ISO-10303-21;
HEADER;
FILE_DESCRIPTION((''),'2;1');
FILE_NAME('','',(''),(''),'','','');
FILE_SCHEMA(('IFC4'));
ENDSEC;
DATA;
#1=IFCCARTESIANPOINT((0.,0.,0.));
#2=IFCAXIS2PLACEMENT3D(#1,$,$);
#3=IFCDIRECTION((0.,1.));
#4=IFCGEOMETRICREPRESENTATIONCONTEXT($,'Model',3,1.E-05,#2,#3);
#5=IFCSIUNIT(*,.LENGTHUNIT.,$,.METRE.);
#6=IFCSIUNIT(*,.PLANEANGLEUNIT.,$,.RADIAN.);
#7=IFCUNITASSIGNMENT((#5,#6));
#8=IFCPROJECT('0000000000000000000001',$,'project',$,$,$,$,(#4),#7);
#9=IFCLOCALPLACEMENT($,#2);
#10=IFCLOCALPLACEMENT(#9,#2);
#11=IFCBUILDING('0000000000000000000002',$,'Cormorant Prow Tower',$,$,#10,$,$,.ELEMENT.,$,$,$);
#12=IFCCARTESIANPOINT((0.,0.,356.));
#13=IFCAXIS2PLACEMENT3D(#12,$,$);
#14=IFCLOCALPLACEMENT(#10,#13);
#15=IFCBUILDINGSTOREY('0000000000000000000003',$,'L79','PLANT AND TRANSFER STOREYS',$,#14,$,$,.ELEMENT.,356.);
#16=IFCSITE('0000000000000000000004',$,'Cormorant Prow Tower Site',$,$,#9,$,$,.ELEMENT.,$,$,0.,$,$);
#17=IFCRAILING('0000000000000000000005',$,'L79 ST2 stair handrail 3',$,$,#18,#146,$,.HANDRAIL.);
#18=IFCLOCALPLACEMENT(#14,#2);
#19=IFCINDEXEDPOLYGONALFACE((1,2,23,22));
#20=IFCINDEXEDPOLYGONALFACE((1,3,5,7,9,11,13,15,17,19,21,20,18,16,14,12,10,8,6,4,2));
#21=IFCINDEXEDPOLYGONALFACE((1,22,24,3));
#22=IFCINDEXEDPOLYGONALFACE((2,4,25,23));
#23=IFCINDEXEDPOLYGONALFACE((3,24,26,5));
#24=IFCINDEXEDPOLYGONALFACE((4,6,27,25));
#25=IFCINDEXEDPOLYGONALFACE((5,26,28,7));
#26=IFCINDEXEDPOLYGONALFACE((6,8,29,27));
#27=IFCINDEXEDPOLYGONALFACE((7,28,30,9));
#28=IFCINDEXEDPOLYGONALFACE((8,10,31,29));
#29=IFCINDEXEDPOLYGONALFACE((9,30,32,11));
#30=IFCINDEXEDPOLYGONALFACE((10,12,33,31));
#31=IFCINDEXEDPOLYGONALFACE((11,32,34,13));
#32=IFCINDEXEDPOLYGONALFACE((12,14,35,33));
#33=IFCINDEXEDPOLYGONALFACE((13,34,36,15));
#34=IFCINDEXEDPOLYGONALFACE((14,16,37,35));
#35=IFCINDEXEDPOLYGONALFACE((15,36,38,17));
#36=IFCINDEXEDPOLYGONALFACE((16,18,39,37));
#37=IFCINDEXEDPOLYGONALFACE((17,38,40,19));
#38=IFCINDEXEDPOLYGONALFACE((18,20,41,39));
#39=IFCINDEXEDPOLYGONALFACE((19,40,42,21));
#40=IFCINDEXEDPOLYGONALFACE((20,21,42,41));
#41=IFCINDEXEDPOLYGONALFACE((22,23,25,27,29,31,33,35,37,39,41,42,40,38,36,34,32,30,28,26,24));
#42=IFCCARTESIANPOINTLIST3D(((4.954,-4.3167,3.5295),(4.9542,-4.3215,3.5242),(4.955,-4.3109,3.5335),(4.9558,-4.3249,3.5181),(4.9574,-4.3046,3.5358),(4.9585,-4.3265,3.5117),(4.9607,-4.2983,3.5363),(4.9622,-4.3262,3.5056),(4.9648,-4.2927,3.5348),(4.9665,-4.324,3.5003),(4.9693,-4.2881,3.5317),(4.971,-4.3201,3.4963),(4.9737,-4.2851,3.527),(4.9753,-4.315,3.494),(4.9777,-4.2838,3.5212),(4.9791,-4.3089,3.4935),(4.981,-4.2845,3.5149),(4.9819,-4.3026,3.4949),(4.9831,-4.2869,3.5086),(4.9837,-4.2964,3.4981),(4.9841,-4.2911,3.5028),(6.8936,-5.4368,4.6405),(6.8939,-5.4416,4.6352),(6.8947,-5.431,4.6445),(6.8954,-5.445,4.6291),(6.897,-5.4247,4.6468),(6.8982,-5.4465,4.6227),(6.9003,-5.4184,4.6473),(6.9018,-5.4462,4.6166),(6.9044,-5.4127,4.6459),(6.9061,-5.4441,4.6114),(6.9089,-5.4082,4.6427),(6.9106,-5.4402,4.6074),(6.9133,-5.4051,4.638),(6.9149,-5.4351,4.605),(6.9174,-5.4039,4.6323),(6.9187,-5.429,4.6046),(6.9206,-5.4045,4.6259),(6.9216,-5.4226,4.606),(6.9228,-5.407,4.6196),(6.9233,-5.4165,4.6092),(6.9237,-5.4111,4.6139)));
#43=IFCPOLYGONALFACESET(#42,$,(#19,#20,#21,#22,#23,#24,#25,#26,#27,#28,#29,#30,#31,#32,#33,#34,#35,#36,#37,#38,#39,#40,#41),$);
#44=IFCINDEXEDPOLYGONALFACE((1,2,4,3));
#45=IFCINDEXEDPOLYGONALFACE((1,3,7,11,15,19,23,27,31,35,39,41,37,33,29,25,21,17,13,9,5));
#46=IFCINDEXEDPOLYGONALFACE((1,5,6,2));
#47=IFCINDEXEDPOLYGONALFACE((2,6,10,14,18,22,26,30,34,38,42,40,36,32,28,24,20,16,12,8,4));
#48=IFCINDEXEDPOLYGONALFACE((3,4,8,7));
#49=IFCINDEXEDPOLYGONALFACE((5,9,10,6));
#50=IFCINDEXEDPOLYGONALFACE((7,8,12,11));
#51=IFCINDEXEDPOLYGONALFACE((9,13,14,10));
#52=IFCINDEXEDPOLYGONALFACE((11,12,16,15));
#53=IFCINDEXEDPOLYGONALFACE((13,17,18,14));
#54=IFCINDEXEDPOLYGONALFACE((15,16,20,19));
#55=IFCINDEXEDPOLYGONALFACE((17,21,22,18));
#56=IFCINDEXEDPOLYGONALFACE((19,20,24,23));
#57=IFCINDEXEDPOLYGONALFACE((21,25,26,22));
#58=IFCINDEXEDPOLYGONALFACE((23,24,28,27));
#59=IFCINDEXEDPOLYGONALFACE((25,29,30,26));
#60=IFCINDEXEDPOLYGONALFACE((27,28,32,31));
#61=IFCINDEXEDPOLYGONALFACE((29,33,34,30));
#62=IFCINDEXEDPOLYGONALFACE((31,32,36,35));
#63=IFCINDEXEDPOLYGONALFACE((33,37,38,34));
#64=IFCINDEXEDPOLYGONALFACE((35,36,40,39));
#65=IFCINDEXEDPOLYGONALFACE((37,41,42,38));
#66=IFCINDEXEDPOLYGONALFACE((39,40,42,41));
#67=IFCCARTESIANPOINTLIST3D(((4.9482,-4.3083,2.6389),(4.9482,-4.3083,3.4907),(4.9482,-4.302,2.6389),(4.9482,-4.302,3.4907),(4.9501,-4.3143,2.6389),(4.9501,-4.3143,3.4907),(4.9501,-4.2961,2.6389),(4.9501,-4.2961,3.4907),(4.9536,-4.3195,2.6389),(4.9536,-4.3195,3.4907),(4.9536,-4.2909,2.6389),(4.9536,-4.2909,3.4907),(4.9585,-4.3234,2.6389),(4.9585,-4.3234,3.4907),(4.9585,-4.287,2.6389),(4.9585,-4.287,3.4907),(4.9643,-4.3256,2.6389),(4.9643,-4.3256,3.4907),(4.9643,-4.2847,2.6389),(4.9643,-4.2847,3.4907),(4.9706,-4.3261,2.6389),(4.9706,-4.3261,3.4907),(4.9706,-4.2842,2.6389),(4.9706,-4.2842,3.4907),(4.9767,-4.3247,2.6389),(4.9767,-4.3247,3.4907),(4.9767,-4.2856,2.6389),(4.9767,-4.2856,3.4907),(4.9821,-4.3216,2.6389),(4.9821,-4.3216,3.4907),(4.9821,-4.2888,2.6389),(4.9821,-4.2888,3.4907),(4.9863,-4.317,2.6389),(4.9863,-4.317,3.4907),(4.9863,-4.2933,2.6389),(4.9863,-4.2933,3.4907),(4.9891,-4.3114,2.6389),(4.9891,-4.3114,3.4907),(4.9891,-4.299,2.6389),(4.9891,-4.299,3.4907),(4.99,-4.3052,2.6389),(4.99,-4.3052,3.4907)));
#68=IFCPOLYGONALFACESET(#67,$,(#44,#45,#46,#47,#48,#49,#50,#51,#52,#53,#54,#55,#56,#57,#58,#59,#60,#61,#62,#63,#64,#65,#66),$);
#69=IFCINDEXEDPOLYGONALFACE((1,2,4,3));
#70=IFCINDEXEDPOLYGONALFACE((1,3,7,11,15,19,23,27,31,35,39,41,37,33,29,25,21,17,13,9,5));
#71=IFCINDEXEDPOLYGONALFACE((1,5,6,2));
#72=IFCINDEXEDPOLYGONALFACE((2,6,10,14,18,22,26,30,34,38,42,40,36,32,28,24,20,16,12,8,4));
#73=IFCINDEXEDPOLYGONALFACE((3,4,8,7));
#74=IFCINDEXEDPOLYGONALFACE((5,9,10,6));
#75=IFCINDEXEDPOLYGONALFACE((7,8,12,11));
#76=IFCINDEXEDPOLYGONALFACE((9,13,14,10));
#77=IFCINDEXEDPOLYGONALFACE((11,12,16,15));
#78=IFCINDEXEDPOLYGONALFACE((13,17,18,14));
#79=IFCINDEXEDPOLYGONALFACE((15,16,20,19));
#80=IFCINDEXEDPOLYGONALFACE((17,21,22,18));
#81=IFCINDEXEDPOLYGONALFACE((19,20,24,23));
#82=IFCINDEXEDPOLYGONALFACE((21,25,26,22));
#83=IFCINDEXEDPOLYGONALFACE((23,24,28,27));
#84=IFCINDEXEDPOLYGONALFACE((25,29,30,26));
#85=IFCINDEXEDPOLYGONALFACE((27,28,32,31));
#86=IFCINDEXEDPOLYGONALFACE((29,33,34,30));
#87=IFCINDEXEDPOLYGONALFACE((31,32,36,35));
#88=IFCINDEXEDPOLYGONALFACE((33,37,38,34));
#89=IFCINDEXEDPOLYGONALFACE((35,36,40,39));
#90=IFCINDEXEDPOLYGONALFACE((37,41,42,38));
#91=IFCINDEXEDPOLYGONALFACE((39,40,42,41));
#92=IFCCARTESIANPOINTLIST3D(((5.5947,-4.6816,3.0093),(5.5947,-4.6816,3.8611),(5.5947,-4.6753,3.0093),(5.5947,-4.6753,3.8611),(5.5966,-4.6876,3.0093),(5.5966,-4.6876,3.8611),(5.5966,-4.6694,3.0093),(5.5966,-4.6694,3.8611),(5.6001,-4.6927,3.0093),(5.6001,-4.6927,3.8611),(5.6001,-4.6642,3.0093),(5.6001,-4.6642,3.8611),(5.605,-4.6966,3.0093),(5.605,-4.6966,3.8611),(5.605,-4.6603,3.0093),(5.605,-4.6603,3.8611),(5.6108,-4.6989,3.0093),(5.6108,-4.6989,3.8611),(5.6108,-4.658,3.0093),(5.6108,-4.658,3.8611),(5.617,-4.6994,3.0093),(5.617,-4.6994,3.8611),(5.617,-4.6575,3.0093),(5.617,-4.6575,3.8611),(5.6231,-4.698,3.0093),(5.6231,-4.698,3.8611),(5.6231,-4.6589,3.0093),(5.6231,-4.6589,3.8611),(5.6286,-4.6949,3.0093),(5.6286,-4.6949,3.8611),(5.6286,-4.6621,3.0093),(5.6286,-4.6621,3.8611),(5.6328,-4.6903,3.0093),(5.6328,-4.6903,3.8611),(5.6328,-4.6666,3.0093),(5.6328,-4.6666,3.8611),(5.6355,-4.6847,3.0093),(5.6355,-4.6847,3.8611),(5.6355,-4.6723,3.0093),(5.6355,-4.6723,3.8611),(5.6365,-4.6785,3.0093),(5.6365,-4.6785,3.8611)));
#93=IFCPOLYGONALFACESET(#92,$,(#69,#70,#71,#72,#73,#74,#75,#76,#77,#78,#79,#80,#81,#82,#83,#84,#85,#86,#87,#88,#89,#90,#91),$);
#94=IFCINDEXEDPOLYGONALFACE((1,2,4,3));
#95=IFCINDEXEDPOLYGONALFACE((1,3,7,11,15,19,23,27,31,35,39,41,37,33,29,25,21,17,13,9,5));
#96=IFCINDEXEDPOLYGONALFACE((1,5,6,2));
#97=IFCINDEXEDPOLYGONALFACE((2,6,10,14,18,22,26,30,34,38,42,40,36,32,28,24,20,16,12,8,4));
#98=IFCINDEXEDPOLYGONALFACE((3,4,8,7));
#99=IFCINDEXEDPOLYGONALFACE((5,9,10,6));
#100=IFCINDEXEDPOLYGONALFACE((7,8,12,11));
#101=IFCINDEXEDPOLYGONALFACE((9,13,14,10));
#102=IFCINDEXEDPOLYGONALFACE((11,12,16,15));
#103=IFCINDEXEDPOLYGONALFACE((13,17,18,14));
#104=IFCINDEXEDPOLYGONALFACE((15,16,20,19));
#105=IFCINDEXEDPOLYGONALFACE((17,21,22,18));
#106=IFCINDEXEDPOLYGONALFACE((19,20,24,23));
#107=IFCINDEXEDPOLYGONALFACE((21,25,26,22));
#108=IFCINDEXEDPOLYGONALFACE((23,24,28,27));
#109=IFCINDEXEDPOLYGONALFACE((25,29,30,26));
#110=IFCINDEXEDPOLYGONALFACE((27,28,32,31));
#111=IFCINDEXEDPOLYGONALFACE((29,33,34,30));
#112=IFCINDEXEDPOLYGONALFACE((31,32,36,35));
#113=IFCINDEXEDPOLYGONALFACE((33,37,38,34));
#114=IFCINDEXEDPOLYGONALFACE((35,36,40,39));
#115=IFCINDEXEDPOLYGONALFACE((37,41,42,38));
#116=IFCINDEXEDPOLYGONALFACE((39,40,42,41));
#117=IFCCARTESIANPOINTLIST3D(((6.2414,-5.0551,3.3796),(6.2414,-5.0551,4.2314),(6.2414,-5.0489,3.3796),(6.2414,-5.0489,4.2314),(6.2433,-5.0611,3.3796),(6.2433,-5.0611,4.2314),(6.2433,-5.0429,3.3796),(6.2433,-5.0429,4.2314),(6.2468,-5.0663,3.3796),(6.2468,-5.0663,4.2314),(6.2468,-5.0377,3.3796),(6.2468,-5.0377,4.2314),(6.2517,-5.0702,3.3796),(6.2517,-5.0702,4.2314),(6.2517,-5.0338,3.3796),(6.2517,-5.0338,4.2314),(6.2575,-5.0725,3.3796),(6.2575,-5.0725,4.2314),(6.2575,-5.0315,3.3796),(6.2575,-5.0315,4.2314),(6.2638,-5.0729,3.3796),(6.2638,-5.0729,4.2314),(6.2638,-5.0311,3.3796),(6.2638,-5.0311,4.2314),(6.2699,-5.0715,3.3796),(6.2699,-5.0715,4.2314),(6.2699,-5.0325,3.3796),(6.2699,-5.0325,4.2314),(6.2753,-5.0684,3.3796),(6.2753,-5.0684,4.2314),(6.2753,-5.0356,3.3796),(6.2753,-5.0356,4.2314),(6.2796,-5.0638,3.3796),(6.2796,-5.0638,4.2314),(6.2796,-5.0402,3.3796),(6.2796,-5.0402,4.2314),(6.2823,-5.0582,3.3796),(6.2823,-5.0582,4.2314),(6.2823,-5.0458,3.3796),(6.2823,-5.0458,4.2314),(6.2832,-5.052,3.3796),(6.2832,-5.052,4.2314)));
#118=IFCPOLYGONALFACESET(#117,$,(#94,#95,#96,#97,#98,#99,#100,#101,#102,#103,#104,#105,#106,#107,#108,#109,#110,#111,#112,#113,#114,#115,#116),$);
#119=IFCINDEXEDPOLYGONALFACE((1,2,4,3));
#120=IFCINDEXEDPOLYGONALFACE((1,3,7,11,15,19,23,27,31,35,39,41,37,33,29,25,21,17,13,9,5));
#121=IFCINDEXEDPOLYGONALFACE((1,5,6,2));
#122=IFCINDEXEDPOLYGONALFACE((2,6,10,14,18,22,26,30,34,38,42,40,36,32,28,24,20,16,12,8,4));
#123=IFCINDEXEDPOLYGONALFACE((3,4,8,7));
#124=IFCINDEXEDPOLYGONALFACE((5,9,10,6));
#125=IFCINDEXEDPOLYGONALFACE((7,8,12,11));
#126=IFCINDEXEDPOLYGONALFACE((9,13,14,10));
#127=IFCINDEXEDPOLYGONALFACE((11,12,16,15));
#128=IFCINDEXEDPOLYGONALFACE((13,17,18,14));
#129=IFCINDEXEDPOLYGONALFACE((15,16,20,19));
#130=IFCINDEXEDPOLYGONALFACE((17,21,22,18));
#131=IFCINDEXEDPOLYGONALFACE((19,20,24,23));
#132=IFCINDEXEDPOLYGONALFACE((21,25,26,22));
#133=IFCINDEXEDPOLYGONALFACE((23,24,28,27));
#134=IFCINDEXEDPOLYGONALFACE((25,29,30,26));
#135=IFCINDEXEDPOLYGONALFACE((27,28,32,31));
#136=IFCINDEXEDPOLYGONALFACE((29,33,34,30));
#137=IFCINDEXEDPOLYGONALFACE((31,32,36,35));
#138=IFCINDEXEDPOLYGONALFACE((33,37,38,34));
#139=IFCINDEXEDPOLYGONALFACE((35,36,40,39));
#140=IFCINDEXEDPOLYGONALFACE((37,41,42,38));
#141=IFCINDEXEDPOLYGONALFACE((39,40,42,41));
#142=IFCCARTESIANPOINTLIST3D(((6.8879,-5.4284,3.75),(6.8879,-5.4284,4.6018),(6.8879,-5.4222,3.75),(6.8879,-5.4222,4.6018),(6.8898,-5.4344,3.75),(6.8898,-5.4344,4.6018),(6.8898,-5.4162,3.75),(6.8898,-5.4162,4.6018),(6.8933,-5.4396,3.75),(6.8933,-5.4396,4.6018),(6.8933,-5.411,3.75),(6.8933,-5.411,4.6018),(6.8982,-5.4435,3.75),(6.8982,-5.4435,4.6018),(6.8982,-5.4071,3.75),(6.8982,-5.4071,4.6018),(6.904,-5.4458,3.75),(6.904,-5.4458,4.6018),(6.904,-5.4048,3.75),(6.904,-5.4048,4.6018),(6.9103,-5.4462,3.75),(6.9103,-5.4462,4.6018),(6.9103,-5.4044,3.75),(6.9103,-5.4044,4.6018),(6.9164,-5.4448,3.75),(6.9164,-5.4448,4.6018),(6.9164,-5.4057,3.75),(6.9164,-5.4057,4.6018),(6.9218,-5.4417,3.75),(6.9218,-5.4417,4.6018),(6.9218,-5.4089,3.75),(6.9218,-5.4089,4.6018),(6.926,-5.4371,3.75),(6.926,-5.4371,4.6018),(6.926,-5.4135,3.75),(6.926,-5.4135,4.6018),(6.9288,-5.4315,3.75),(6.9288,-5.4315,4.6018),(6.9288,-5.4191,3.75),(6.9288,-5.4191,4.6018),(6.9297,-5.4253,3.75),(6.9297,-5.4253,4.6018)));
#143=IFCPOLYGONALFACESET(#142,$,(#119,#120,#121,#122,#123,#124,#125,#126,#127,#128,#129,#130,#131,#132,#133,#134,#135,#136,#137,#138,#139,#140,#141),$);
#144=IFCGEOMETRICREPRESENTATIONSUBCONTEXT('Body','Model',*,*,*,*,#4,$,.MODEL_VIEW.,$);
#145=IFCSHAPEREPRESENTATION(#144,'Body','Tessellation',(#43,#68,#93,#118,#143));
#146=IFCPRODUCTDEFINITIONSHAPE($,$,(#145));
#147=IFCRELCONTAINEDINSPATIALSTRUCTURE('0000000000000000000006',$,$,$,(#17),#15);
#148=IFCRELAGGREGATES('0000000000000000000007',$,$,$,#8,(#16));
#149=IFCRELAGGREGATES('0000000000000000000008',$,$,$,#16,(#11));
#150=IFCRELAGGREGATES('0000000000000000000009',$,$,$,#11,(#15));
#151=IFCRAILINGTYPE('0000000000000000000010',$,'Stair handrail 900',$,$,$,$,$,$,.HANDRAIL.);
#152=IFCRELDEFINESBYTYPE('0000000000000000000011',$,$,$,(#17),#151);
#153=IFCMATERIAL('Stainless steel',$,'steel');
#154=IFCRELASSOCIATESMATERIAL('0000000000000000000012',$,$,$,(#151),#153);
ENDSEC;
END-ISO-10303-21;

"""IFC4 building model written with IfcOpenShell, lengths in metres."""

from ifc_helpers import new_model, si_unit, direction, frame, origin, origin_2d, place, context, subcontext, project, spatial, circle, extrude, material, type_object, element, save


model = new_model("IFC4")

# Units and contexts
model_context = context("Model", 3, precision=1e-05, world=origin(), true_north=direction((0.0, 1.0)))
body_context = subcontext(model_context, "Body", "Model", "MODEL_VIEW")
ifc_project = project(units=[si_unit("LENGTHUNIT", "METRE"), si_unit("PLANEANGLEUNIT", "RADIAN")], contexts=[model_context])

# Site, building, storey
site_placement = place(None, origin())
site = spatial("IfcSite", under=ifc_project, at=site_placement, Name="Cormorant Prow Tower Site", CompositionType="ELEMENT", RefElevation=0.0)
building_placement = place(site_placement, origin())
building = spatial("IfcBuilding", under=site, at=building_placement, Name="Cormorant Prow Tower", CompositionType="ELEMENT")
storey_placement = place(building_placement, frame((0.0, 0.0, 356.0)))
storey = spatial("IfcBuildingStorey", under=building, at=storey_placement, Name="L79", Description="PLANT AND TRANSFER STOREYS", CompositionType="ELEMENT", Elevation=356.0)

# Railing
ifc_material_1 = material(Name="Stainless steel", Category="steel")
railing_type_1 = type_object("IfcRailingType", Name="Stair handrail 900", PredefinedType="HANDRAIL", material=ifc_material_1)
railing_1_placement = place(storey_placement, frame((4.969, -4.3052, 2.6389)))
element("IfcRailing", 1, at=railing_1_placement, inside=storey, type_object=railing_type_1, Name="L79 ST2 stair handrail 3", PredefinedType="HANDRAIL", context=body_context, shape_type="SweptSolid", body=[
    extrude(circle(Radius=0.0239, at=origin_2d()), frame((0.0, 0.0, 0.876), z_axis=(0.77578, -0.44799, 0.444377), x_axis=(0.500078, 0.86598, 0.0)), (0.0, 0.0, 1.0), 2.5002),
    extrude(circle(Radius=0.021, at=origin_2d()), origin(), (0.0, 0.0, 1.0), 0.8518),
    extrude(circle(Radius=0.021, at=origin_2d()), frame((0.6465, -0.3733, 0.3704)), (0.0, 0.0, 1.0), 0.8518),
    extrude(circle(Radius=0.021, at=origin_2d()), frame((1.2932, -0.7468, 0.7407)), (0.0, 0.0, 1.0), 0.8518),
    extrude(circle(Radius=0.021, at=origin_2d()), frame((1.9397, -1.1201, 1.1111)), (0.0, 0.0, 1.0), 0.8518),
])

save(model, "model.ifc")
